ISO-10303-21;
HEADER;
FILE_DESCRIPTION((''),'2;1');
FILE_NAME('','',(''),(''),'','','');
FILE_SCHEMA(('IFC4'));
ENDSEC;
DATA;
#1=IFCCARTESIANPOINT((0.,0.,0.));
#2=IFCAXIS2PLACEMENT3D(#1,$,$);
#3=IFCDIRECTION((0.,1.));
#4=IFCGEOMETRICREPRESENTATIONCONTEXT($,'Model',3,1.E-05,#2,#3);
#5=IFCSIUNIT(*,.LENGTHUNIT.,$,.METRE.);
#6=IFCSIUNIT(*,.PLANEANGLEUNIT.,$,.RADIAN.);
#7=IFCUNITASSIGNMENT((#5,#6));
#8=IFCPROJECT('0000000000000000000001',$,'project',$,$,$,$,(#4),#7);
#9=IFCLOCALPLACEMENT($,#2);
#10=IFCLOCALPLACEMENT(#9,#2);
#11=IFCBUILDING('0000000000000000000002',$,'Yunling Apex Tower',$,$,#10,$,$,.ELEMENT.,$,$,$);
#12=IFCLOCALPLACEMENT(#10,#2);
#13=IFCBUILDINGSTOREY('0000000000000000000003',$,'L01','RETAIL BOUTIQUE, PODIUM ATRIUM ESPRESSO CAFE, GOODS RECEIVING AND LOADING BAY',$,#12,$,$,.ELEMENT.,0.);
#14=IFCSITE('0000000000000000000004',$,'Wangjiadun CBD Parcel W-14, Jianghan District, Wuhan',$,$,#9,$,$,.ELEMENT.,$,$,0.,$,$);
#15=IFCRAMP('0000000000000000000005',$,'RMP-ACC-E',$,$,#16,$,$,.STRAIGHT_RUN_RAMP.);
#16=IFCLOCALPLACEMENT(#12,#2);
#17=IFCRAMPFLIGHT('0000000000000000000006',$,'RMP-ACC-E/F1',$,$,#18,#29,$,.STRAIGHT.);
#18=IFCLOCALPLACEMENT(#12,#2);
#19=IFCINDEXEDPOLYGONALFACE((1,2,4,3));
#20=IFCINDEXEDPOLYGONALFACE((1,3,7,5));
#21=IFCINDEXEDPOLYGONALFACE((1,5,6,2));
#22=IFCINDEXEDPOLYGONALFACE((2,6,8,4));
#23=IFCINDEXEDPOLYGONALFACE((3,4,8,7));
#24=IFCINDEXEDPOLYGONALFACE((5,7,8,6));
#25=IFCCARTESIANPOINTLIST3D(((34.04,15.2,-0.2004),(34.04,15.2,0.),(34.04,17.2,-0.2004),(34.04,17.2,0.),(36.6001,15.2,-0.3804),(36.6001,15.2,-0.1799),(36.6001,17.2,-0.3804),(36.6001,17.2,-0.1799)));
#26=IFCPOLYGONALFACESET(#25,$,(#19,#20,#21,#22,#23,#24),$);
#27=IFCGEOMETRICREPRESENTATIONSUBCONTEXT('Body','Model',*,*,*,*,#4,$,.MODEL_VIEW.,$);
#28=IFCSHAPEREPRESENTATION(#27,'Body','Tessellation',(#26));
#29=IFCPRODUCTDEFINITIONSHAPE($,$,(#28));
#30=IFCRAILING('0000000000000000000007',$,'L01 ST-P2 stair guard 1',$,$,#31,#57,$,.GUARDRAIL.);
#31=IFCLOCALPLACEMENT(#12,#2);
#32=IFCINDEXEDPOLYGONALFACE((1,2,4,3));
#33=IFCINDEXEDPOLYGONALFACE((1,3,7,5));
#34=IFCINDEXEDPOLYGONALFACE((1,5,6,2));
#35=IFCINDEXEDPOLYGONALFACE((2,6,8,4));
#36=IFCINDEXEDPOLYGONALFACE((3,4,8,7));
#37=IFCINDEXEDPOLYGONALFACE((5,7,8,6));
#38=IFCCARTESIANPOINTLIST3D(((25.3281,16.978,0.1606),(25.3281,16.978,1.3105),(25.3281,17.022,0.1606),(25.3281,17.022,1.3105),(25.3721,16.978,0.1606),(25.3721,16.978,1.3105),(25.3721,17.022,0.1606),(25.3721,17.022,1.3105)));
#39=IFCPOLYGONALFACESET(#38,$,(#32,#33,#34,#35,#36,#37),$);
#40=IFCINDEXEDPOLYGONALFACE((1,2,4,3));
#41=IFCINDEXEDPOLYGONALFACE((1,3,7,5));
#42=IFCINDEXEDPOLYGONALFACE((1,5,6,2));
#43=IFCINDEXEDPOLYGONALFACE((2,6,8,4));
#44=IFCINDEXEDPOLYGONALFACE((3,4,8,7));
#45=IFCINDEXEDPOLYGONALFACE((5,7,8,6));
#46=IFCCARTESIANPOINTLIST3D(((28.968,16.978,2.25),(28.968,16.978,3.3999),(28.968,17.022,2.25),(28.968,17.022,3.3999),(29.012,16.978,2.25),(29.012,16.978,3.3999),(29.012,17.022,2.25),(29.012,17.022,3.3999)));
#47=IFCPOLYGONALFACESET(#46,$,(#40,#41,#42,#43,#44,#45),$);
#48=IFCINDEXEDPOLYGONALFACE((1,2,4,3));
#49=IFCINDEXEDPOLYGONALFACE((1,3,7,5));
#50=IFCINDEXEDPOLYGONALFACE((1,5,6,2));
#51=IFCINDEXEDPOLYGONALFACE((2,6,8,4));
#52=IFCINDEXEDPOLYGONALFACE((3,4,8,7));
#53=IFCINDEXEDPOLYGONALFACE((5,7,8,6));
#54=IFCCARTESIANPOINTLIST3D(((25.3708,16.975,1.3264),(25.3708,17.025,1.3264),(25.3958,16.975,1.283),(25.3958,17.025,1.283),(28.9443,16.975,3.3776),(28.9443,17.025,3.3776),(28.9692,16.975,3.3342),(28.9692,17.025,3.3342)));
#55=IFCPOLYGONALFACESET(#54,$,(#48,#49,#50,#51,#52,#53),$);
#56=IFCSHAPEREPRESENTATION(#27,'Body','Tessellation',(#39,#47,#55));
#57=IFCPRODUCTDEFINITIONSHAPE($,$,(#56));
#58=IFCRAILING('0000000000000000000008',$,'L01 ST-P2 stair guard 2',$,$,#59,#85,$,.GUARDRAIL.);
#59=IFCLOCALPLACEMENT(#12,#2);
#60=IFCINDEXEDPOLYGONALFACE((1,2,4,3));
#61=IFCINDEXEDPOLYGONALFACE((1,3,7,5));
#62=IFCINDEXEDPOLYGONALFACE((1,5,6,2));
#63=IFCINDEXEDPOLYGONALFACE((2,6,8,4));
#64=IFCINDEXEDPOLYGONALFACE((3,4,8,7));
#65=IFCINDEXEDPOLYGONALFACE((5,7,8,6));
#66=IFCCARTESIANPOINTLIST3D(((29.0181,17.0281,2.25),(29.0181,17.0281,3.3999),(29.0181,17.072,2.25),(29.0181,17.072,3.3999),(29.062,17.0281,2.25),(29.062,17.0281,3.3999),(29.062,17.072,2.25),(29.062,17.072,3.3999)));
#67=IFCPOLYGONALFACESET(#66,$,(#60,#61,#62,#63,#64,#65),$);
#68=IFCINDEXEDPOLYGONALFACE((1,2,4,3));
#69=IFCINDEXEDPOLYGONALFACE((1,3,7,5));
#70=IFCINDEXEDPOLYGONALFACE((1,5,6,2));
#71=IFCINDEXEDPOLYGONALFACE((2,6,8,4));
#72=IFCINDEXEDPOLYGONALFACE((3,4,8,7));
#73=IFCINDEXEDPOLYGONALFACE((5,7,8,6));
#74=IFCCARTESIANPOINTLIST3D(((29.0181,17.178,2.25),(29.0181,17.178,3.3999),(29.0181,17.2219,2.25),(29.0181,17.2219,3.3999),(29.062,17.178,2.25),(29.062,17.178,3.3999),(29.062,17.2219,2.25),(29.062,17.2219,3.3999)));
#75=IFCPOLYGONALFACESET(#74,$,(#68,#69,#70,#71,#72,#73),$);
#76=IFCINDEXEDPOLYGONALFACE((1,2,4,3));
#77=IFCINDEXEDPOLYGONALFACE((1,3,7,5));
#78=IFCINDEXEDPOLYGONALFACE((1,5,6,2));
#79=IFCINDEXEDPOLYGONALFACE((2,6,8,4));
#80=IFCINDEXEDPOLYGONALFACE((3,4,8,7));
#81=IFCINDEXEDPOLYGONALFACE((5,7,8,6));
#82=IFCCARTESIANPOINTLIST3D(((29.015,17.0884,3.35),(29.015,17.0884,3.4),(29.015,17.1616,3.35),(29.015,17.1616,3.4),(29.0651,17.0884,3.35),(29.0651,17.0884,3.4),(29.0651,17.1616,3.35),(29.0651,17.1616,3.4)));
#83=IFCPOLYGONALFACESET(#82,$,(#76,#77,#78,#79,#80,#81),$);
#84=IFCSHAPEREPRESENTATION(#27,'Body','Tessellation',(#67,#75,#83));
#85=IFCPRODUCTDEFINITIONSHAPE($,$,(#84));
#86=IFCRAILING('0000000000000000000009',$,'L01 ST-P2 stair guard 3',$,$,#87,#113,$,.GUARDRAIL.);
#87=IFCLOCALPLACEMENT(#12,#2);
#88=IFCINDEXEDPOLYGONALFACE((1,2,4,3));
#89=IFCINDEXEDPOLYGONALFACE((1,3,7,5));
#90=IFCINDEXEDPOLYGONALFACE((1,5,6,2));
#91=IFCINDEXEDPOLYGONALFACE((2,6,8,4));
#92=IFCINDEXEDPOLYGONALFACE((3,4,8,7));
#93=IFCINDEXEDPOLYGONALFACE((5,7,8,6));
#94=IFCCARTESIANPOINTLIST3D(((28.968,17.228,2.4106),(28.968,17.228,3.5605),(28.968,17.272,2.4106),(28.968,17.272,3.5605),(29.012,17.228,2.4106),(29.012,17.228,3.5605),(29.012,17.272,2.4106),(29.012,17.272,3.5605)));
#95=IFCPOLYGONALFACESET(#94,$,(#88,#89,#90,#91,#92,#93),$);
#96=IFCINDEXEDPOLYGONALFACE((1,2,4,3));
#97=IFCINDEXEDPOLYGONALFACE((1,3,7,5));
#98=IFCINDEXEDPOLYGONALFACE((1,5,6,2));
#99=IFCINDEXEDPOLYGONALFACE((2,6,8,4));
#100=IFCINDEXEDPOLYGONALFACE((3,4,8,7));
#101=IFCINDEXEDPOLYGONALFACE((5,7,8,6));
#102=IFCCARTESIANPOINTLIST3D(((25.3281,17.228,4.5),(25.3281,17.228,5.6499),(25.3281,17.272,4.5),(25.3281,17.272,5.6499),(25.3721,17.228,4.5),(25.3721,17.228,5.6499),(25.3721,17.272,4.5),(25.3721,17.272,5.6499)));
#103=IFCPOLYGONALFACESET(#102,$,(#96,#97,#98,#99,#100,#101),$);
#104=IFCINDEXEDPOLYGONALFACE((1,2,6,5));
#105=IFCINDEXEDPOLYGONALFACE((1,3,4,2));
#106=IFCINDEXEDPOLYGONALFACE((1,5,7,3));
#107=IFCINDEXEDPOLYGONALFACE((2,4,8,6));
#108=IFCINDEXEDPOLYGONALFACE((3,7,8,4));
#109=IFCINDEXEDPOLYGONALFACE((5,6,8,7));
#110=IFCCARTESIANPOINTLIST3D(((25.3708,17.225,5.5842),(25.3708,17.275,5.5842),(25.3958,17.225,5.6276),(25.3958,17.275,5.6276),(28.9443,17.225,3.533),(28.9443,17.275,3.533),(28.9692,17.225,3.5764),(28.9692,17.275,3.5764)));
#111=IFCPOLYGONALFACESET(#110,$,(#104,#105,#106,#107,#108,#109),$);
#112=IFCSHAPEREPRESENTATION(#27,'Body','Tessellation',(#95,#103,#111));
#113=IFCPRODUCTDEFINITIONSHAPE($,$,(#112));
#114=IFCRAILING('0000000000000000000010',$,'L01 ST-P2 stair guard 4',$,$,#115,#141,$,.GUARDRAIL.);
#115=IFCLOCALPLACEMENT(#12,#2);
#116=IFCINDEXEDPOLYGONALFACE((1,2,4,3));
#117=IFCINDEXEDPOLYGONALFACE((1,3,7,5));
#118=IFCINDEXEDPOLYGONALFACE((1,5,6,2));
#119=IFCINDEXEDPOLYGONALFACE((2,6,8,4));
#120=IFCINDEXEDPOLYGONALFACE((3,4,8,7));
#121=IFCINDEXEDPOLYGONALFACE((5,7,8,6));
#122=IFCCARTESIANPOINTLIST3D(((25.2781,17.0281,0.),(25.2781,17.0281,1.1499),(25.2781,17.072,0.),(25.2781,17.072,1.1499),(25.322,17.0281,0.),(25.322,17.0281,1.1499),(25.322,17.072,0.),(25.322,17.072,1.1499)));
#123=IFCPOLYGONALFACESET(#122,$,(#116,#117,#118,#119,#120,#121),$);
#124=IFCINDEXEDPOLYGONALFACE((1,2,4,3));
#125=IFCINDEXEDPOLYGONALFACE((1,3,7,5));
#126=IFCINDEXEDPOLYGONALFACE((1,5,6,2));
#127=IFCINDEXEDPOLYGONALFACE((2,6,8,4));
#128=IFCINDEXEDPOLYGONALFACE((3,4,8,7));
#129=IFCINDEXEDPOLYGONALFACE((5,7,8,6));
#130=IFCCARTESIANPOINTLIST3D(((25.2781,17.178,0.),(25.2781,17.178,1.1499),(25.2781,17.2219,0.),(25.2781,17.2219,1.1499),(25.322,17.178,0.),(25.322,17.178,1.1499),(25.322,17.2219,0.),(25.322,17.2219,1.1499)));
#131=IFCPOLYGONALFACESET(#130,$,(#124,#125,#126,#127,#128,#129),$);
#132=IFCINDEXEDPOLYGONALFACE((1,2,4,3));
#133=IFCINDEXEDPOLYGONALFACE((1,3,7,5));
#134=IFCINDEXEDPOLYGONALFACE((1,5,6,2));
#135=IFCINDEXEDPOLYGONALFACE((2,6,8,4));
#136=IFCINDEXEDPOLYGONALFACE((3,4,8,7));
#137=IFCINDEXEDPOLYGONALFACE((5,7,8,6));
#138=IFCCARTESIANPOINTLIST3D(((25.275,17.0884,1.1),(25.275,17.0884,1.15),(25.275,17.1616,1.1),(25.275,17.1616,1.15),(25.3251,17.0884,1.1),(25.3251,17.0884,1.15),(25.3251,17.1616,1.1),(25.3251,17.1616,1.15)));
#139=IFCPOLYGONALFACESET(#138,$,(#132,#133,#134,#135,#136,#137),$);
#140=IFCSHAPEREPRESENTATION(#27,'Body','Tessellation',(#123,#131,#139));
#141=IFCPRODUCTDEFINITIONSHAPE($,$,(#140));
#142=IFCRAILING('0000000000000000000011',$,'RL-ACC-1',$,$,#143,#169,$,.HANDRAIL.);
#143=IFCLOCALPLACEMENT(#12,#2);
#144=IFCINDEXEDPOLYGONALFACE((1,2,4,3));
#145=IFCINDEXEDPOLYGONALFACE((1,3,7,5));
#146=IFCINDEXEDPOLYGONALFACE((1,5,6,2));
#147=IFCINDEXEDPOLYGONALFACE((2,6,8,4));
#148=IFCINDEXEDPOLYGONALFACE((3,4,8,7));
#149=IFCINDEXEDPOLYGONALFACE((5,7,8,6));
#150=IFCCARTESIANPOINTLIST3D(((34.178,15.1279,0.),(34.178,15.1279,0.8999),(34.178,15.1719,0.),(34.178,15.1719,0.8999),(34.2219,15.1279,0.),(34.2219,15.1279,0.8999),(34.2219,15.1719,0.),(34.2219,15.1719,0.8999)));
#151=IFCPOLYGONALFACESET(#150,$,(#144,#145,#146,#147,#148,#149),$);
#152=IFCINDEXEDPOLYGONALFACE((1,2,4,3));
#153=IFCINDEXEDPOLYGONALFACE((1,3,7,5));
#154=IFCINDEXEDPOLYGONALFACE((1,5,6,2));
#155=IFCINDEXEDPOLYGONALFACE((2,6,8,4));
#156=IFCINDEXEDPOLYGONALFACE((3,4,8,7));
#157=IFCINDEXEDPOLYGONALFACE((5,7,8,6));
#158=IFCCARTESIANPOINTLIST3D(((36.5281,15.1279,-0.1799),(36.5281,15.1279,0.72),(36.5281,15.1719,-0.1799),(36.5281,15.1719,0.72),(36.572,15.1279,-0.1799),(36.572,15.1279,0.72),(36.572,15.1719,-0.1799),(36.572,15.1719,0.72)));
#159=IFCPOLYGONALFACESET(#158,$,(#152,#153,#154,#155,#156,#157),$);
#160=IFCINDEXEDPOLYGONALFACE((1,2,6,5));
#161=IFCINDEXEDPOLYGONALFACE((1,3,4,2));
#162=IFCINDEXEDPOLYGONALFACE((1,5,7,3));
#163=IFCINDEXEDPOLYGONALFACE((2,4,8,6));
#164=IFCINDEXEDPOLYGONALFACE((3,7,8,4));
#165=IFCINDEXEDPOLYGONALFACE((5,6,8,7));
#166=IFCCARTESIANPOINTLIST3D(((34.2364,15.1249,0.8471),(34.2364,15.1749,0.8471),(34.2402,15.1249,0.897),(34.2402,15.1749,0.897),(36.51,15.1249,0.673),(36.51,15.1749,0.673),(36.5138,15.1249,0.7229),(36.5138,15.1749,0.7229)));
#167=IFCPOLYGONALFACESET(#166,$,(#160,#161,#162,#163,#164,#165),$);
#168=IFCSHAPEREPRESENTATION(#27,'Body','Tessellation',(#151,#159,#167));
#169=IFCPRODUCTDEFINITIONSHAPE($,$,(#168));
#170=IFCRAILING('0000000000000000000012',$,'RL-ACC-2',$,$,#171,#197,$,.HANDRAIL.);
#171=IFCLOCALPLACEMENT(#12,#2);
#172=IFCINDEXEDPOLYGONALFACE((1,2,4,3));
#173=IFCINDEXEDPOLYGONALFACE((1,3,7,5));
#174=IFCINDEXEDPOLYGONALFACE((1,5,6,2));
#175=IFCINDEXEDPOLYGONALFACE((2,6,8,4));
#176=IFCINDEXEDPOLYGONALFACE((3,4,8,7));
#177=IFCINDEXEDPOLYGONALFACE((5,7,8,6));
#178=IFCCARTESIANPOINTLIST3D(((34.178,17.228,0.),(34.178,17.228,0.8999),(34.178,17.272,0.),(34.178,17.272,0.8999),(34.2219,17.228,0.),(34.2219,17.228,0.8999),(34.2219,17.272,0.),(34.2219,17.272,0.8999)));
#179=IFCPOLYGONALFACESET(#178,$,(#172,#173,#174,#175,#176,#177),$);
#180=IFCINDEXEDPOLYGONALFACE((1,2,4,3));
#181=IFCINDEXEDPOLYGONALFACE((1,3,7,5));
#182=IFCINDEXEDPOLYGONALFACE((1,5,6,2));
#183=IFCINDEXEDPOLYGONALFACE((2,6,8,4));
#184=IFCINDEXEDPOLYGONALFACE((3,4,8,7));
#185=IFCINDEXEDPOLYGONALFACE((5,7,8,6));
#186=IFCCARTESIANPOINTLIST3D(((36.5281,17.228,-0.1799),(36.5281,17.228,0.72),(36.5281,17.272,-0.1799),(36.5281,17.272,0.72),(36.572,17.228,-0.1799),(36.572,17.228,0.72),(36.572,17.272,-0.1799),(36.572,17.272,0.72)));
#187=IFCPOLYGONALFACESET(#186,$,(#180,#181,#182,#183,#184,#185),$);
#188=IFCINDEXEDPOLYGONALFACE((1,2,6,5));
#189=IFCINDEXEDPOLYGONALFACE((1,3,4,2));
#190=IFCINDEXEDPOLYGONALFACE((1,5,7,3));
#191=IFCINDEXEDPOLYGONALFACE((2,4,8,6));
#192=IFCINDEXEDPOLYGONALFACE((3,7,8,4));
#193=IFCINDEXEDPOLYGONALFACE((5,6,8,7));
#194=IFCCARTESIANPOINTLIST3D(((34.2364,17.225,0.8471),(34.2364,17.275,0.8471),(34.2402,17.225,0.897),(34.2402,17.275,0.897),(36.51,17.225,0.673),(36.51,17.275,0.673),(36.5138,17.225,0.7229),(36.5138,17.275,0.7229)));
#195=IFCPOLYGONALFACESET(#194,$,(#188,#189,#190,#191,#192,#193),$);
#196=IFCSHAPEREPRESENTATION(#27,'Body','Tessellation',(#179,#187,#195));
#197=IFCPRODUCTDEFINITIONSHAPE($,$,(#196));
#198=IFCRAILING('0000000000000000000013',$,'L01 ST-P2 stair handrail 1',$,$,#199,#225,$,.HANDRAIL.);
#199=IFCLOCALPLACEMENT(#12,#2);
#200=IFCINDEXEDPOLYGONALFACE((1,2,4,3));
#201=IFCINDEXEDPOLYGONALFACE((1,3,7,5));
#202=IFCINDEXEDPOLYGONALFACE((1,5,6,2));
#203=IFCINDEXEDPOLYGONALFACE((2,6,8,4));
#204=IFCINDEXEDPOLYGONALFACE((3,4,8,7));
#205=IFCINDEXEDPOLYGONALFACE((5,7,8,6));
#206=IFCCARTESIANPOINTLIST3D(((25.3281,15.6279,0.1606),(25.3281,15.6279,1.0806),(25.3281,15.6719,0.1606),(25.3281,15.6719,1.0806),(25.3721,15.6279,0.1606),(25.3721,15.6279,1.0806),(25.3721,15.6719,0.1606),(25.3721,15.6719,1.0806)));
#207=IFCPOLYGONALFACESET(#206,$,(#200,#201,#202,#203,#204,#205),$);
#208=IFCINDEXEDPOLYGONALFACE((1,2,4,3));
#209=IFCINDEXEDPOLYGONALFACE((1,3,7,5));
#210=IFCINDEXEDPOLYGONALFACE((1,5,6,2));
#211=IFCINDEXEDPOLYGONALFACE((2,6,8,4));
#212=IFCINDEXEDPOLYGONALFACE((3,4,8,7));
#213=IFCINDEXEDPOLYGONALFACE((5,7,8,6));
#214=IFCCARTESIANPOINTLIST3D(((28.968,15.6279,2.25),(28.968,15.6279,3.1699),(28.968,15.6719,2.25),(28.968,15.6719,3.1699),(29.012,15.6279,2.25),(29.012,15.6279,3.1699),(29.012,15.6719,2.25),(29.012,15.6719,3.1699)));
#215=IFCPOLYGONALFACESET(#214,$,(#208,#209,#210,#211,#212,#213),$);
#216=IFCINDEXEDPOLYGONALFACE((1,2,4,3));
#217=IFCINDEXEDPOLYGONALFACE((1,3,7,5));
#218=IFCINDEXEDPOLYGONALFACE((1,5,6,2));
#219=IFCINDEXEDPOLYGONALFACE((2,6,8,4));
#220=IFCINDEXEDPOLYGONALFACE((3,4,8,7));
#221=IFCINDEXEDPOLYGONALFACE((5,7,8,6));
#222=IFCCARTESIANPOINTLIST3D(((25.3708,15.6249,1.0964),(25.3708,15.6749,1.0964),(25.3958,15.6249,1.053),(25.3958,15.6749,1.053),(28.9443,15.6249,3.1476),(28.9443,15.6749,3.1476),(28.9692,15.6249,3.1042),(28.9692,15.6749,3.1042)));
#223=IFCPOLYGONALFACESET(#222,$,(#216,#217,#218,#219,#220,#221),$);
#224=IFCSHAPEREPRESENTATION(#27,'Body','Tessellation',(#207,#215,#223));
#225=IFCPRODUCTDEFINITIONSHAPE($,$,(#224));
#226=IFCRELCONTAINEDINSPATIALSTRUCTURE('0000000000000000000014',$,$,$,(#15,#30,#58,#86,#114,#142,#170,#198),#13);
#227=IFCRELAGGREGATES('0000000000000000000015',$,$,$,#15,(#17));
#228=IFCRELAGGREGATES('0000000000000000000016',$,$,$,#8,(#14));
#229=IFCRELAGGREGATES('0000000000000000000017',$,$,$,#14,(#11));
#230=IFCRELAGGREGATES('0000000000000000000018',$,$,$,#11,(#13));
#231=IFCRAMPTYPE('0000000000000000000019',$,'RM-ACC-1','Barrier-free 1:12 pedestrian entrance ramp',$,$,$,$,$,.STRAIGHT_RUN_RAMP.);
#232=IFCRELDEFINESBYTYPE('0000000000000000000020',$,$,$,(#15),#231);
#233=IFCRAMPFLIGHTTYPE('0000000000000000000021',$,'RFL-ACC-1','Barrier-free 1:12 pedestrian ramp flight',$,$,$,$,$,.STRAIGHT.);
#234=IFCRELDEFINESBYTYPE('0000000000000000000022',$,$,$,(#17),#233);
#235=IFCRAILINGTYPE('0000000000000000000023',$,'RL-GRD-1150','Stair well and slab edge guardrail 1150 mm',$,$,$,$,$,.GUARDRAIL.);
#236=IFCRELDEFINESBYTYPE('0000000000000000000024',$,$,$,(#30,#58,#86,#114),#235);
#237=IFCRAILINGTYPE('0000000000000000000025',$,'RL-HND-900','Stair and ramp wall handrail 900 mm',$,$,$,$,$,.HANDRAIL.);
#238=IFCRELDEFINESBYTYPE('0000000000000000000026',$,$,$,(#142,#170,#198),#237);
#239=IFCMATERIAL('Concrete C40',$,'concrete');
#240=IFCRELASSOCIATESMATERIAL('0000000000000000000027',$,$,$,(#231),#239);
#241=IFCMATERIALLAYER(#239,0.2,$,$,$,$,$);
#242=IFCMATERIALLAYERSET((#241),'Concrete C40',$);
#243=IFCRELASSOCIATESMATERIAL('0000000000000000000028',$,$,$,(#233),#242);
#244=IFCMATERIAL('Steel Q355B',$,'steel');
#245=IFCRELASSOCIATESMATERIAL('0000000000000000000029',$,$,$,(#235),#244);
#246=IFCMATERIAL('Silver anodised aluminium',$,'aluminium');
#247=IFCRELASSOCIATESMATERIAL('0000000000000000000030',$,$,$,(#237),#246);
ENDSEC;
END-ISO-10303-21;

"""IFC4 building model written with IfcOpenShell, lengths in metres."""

from ifc_helpers import new_model, si_unit, direction, frame, origin, origin_2d, place, context, subcontext, project, spatial, polyline, rectangle, outline, extrude, material, layer, layer_set, type_object, element, aggregate, save


model = new_model("IFC4")

# Units and contexts
model_context = context("Model", 3, precision=1e-05, world=origin(), true_north=direction((0.0, 1.0)))
body_context = subcontext(model_context, "Body", "Model", "MODEL_VIEW")
ifc_project = project(units=[si_unit("LENGTHUNIT", "METRE"), si_unit("PLANEANGLEUNIT", "RADIAN")], contexts=[model_context])

# Site, building, storey
site_placement = place(None, origin())
site = spatial("IfcSite", under=ifc_project, at=site_placement, Name="Wangjiadun CBD Parcel W-14, Jianghan District, Wuhan", CompositionType="ELEMENT", RefElevation=0.0)
building_placement = place(site_placement, origin())
building = spatial("IfcBuilding", under=site, at=building_placement, Name="Yunling Apex Tower", CompositionType="ELEMENT")
storey_placement = place(building_placement, origin())
storey = spatial("IfcBuildingStorey", under=building, at=storey_placement, Name="L01", Description="RETAIL BOUTIQUE, PODIUM ATRIUM ESPRESSO CAFE, GOODS RECEIVING AND LOADING BAY", CompositionType="ELEMENT", Elevation=0.0)

# Shared definitions
ifc_material_1 = material(Name="Steel Q355B", Category="steel")

# Shared definitions
ifc_material_2 = material(Name="Concrete C40", Category="concrete")

# Ramp, ramp flight
ramp_type = type_object("IfcRampType", Name="RM-ACC-1", Description="Barrier-free 1:12 pedestrian entrance ramp", PredefinedType="STRAIGHT_RUN_RAMP", material=ifc_material_2)
ramp_placement = place(storey_placement, origin())
ramp = element("IfcRamp", 1, at=ramp_placement, inside=storey, type_object=ramp_type, Name="RMP-ACC-E", PredefinedType="STRAIGHT_RUN_RAMP")
ifc_layer_1 = layer(ifc_material_2, 0.2)
ifc_layer_set_1 = layer_set([ifc_layer_1], Name="Concrete C40")
ramp_flight_type = type_object("IfcRampFlightType", Name="RFL-ACC-1", Description="Barrier-free 1:12 pedestrian ramp flight", PredefinedType="STRAIGHT", material=ifc_layer_set_1)
ramp_flight_placement = place(storey_placement, frame((36.6001, 15.2, -0.1799), z_axis=(0.070111, 0.0, 0.997539), x_axis=(-0.997539, 0.0, 0.070111)))
ramp_flight = element("IfcRampFlight", 2, at=ramp_flight_placement, type_object=ramp_flight_type, Name="RMP-ACC-E/F1", PredefinedType="STRAIGHT", context=body_context, shape_type="SweptSolid", body=[
    extrude(outline(polyline([(0.0, 0.0), (2.5664, 0.0), (2.5664, -2.0), (0.0, -2.0), (0.0, 0.0)])), origin(), (-0.070111, 0.0, -0.997539), 0.2004),
])
aggregate(ramp, [ramp_flight])

# Railings
railing_type_1 = type_object("IfcRailingType", Name="RL-GRD-1150", Description="Stair well and slab edge guardrail 1150 mm", PredefinedType="GUARDRAIL", material=ifc_material_1)
railing_1_placement = place(storey_placement, frame((25.3501, 17.0, 0.1606)))
element("IfcRailing", 3, at=railing_1_placement, inside=storey, type_object=railing_type_1, Name="L01 ST-P2 stair guard 1", PredefinedType="GUARDRAIL", context=body_context, shape_type="SweptSolid", body=[
    extrude(rectangle(XDim=0.0439, YDim=0.0439, at=origin_2d()), origin(), (0.0, 0.0, 1.0), 1.1499),
    extrude(rectangle(XDim=0.0439, YDim=0.0439, at=origin_2d()), frame((3.6399, 0.0, 2.0894)), (0.0, 0.0, 1.0), 1.1499),
    extrude(rectangle(XDim=0.05, YDim=0.05, at=origin_2d()), frame((0.0332, 0.0, 1.144), z_axis=(0.867275, 0.0, 0.497829), x_axis=(0.0, 1.0, 0.0)), (0.0, 0.0, 1.0), 4.1204),
])
railing_2_placement = place(storey_placement, frame((29.04, 17.05, 2.25)))
element("IfcRailing", 4, at=railing_2_placement, inside=storey, type_object=railing_type_1, Name="L01 ST-P2 stair guard 2", PredefinedType="GUARDRAIL", context=body_context, shape_type="SweptSolid", body=[
    extrude(rectangle(XDim=0.0439, YDim=0.0439, at=origin_2d()), origin(), (0.0, 0.0, 1.0), 1.1499),
    extrude(rectangle(XDim=0.0439, YDim=0.0439, at=origin_2d()), frame((0.0, 0.1499, 0.0)), (0.0, 0.0, 1.0), 1.1499),
    extrude(rectangle(XDim=0.05, YDim=0.05, at=origin_2d()), frame((0.0, 0.0383, 1.125), z_axis=(0.0, 1.0, 0.0), x_axis=(-1.0, 0.0, 0.0)), (0.0, 0.0, 1.0), 0.0732),
])
railing_3_placement = place(storey_placement, frame((28.99, 17.25, 2.4106)))
element("IfcRailing", 5, at=railing_3_placement, inside=storey, type_object=railing_type_1, Name="L01 ST-P2 stair guard 3", PredefinedType="GUARDRAIL", context=body_context, shape_type="SweptSolid", body=[
    extrude(rectangle(XDim=0.0439, YDim=0.0439, at=origin_2d()), origin(), (0.0, 0.0, 1.0), 1.1499),
    extrude(rectangle(XDim=0.0439, YDim=0.0439, at=origin_2d()), frame((-3.6399, 0.0, 2.0894)), (0.0, 0.0, 1.0), 1.1499),
    extrude(rectangle(XDim=0.05, YDim=0.05, at=origin_2d()), frame((-0.0332, 0.0, 1.144), z_axis=(-0.867275, 0.0, 0.497829), x_axis=(0.0, -1.0, 0.0)), (0.0, 0.0, 1.0), 4.1204),
])
railing_4_placement = place(storey_placement, frame((25.3, 17.05, 0.0)))
element("IfcRailing", 6, at=railing_4_placement, inside=storey, type_object=railing_type_1, Name="L01 ST-P2 stair guard 4", PredefinedType="GUARDRAIL", context=body_context, shape_type="SweptSolid", body=[
    extrude(rectangle(XDim=0.0439, YDim=0.0439, at=origin_2d()), origin(), (0.0, 0.0, 1.0), 1.1499),
    extrude(rectangle(XDim=0.0439, YDim=0.0439, at=origin_2d()), frame((0.0, 0.1499, 0.0)), (0.0, 0.0, 1.0), 1.1499),
    extrude(rectangle(XDim=0.05, YDim=0.05, at=origin_2d()), frame((0.0, 0.0383, 1.125), z_axis=(0.0, 1.0, 0.0), x_axis=(-1.0, 0.0, 0.0)), (0.0, 0.0, 1.0), 0.0732),
])
ifc_material_3 = material(Name="Silver anodised aluminium", Category="aluminium")
railing_type_2 = type_object("IfcRailingType", Name="RL-HND-900", Description="Stair and ramp wall handrail 900 mm", PredefinedType="HANDRAIL", material=ifc_material_3)
for number, where, name in (
    (7, (34.2, 15.1499, 0.0), "RL-ACC-1"),
    (8, (34.2, 17.25, 0.0), "RL-ACC-2"),
):
    element("IfcRailing", number, at=place(storey_placement, frame(where)), inside=storey, type_object=railing_type_2, Name=name, PredefinedType="HANDRAIL", context=body_context, shape_type="SweptSolid", body=[
        extrude(rectangle(XDim=0.0439, YDim=0.0439, at=origin_2d()), origin(), (0.0, 0.0, 1.0), 0.8999),
        extrude(rectangle(XDim=0.0439, YDim=0.0439, at=origin_2d()), frame((2.3501, 0.0, -0.1799)), (0.0, 0.0, 1.0), 0.8999),
        extrude(rectangle(XDim=0.05, YDim=0.05, at=origin_2d()), frame((0.0383, 0.0, 0.8721), z_axis=(0.997082, 0.0, -0.07634), x_axis=(0.0, 1.0, 0.0)), (0.0, 0.0, 1.0), 2.2803),
    ])
railing_5_placement = place(storey_placement, frame((25.3501, 15.6499, 0.1606)))
element("IfcRailing", 9, at=railing_5_placement, inside=storey, type_object=railing_type_2, Name="L01 ST-P2 stair handrail 1", PredefinedType="HANDRAIL", context=body_context, shape_type="SweptSolid", body=[
    extrude(rectangle(XDim=0.0439, YDim=0.0439, at=origin_2d()), origin(), (0.0, 0.0, 1.0), 0.9199),
    extrude(rectangle(XDim=0.0439, YDim=0.0439, at=origin_2d()), frame((3.6399, 0.0, 2.0894)), (0.0, 0.0, 1.0), 0.9199),
    extrude(rectangle(XDim=0.05, YDim=0.05, at=origin_2d()), frame((0.0332, 0.0, 0.9141), z_axis=(0.867275, 0.0, 0.497829), x_axis=(0.0, 1.0, 0.0)), (0.0, 0.0, 1.0), 4.1204),
])

save(model, "model.ifc")
